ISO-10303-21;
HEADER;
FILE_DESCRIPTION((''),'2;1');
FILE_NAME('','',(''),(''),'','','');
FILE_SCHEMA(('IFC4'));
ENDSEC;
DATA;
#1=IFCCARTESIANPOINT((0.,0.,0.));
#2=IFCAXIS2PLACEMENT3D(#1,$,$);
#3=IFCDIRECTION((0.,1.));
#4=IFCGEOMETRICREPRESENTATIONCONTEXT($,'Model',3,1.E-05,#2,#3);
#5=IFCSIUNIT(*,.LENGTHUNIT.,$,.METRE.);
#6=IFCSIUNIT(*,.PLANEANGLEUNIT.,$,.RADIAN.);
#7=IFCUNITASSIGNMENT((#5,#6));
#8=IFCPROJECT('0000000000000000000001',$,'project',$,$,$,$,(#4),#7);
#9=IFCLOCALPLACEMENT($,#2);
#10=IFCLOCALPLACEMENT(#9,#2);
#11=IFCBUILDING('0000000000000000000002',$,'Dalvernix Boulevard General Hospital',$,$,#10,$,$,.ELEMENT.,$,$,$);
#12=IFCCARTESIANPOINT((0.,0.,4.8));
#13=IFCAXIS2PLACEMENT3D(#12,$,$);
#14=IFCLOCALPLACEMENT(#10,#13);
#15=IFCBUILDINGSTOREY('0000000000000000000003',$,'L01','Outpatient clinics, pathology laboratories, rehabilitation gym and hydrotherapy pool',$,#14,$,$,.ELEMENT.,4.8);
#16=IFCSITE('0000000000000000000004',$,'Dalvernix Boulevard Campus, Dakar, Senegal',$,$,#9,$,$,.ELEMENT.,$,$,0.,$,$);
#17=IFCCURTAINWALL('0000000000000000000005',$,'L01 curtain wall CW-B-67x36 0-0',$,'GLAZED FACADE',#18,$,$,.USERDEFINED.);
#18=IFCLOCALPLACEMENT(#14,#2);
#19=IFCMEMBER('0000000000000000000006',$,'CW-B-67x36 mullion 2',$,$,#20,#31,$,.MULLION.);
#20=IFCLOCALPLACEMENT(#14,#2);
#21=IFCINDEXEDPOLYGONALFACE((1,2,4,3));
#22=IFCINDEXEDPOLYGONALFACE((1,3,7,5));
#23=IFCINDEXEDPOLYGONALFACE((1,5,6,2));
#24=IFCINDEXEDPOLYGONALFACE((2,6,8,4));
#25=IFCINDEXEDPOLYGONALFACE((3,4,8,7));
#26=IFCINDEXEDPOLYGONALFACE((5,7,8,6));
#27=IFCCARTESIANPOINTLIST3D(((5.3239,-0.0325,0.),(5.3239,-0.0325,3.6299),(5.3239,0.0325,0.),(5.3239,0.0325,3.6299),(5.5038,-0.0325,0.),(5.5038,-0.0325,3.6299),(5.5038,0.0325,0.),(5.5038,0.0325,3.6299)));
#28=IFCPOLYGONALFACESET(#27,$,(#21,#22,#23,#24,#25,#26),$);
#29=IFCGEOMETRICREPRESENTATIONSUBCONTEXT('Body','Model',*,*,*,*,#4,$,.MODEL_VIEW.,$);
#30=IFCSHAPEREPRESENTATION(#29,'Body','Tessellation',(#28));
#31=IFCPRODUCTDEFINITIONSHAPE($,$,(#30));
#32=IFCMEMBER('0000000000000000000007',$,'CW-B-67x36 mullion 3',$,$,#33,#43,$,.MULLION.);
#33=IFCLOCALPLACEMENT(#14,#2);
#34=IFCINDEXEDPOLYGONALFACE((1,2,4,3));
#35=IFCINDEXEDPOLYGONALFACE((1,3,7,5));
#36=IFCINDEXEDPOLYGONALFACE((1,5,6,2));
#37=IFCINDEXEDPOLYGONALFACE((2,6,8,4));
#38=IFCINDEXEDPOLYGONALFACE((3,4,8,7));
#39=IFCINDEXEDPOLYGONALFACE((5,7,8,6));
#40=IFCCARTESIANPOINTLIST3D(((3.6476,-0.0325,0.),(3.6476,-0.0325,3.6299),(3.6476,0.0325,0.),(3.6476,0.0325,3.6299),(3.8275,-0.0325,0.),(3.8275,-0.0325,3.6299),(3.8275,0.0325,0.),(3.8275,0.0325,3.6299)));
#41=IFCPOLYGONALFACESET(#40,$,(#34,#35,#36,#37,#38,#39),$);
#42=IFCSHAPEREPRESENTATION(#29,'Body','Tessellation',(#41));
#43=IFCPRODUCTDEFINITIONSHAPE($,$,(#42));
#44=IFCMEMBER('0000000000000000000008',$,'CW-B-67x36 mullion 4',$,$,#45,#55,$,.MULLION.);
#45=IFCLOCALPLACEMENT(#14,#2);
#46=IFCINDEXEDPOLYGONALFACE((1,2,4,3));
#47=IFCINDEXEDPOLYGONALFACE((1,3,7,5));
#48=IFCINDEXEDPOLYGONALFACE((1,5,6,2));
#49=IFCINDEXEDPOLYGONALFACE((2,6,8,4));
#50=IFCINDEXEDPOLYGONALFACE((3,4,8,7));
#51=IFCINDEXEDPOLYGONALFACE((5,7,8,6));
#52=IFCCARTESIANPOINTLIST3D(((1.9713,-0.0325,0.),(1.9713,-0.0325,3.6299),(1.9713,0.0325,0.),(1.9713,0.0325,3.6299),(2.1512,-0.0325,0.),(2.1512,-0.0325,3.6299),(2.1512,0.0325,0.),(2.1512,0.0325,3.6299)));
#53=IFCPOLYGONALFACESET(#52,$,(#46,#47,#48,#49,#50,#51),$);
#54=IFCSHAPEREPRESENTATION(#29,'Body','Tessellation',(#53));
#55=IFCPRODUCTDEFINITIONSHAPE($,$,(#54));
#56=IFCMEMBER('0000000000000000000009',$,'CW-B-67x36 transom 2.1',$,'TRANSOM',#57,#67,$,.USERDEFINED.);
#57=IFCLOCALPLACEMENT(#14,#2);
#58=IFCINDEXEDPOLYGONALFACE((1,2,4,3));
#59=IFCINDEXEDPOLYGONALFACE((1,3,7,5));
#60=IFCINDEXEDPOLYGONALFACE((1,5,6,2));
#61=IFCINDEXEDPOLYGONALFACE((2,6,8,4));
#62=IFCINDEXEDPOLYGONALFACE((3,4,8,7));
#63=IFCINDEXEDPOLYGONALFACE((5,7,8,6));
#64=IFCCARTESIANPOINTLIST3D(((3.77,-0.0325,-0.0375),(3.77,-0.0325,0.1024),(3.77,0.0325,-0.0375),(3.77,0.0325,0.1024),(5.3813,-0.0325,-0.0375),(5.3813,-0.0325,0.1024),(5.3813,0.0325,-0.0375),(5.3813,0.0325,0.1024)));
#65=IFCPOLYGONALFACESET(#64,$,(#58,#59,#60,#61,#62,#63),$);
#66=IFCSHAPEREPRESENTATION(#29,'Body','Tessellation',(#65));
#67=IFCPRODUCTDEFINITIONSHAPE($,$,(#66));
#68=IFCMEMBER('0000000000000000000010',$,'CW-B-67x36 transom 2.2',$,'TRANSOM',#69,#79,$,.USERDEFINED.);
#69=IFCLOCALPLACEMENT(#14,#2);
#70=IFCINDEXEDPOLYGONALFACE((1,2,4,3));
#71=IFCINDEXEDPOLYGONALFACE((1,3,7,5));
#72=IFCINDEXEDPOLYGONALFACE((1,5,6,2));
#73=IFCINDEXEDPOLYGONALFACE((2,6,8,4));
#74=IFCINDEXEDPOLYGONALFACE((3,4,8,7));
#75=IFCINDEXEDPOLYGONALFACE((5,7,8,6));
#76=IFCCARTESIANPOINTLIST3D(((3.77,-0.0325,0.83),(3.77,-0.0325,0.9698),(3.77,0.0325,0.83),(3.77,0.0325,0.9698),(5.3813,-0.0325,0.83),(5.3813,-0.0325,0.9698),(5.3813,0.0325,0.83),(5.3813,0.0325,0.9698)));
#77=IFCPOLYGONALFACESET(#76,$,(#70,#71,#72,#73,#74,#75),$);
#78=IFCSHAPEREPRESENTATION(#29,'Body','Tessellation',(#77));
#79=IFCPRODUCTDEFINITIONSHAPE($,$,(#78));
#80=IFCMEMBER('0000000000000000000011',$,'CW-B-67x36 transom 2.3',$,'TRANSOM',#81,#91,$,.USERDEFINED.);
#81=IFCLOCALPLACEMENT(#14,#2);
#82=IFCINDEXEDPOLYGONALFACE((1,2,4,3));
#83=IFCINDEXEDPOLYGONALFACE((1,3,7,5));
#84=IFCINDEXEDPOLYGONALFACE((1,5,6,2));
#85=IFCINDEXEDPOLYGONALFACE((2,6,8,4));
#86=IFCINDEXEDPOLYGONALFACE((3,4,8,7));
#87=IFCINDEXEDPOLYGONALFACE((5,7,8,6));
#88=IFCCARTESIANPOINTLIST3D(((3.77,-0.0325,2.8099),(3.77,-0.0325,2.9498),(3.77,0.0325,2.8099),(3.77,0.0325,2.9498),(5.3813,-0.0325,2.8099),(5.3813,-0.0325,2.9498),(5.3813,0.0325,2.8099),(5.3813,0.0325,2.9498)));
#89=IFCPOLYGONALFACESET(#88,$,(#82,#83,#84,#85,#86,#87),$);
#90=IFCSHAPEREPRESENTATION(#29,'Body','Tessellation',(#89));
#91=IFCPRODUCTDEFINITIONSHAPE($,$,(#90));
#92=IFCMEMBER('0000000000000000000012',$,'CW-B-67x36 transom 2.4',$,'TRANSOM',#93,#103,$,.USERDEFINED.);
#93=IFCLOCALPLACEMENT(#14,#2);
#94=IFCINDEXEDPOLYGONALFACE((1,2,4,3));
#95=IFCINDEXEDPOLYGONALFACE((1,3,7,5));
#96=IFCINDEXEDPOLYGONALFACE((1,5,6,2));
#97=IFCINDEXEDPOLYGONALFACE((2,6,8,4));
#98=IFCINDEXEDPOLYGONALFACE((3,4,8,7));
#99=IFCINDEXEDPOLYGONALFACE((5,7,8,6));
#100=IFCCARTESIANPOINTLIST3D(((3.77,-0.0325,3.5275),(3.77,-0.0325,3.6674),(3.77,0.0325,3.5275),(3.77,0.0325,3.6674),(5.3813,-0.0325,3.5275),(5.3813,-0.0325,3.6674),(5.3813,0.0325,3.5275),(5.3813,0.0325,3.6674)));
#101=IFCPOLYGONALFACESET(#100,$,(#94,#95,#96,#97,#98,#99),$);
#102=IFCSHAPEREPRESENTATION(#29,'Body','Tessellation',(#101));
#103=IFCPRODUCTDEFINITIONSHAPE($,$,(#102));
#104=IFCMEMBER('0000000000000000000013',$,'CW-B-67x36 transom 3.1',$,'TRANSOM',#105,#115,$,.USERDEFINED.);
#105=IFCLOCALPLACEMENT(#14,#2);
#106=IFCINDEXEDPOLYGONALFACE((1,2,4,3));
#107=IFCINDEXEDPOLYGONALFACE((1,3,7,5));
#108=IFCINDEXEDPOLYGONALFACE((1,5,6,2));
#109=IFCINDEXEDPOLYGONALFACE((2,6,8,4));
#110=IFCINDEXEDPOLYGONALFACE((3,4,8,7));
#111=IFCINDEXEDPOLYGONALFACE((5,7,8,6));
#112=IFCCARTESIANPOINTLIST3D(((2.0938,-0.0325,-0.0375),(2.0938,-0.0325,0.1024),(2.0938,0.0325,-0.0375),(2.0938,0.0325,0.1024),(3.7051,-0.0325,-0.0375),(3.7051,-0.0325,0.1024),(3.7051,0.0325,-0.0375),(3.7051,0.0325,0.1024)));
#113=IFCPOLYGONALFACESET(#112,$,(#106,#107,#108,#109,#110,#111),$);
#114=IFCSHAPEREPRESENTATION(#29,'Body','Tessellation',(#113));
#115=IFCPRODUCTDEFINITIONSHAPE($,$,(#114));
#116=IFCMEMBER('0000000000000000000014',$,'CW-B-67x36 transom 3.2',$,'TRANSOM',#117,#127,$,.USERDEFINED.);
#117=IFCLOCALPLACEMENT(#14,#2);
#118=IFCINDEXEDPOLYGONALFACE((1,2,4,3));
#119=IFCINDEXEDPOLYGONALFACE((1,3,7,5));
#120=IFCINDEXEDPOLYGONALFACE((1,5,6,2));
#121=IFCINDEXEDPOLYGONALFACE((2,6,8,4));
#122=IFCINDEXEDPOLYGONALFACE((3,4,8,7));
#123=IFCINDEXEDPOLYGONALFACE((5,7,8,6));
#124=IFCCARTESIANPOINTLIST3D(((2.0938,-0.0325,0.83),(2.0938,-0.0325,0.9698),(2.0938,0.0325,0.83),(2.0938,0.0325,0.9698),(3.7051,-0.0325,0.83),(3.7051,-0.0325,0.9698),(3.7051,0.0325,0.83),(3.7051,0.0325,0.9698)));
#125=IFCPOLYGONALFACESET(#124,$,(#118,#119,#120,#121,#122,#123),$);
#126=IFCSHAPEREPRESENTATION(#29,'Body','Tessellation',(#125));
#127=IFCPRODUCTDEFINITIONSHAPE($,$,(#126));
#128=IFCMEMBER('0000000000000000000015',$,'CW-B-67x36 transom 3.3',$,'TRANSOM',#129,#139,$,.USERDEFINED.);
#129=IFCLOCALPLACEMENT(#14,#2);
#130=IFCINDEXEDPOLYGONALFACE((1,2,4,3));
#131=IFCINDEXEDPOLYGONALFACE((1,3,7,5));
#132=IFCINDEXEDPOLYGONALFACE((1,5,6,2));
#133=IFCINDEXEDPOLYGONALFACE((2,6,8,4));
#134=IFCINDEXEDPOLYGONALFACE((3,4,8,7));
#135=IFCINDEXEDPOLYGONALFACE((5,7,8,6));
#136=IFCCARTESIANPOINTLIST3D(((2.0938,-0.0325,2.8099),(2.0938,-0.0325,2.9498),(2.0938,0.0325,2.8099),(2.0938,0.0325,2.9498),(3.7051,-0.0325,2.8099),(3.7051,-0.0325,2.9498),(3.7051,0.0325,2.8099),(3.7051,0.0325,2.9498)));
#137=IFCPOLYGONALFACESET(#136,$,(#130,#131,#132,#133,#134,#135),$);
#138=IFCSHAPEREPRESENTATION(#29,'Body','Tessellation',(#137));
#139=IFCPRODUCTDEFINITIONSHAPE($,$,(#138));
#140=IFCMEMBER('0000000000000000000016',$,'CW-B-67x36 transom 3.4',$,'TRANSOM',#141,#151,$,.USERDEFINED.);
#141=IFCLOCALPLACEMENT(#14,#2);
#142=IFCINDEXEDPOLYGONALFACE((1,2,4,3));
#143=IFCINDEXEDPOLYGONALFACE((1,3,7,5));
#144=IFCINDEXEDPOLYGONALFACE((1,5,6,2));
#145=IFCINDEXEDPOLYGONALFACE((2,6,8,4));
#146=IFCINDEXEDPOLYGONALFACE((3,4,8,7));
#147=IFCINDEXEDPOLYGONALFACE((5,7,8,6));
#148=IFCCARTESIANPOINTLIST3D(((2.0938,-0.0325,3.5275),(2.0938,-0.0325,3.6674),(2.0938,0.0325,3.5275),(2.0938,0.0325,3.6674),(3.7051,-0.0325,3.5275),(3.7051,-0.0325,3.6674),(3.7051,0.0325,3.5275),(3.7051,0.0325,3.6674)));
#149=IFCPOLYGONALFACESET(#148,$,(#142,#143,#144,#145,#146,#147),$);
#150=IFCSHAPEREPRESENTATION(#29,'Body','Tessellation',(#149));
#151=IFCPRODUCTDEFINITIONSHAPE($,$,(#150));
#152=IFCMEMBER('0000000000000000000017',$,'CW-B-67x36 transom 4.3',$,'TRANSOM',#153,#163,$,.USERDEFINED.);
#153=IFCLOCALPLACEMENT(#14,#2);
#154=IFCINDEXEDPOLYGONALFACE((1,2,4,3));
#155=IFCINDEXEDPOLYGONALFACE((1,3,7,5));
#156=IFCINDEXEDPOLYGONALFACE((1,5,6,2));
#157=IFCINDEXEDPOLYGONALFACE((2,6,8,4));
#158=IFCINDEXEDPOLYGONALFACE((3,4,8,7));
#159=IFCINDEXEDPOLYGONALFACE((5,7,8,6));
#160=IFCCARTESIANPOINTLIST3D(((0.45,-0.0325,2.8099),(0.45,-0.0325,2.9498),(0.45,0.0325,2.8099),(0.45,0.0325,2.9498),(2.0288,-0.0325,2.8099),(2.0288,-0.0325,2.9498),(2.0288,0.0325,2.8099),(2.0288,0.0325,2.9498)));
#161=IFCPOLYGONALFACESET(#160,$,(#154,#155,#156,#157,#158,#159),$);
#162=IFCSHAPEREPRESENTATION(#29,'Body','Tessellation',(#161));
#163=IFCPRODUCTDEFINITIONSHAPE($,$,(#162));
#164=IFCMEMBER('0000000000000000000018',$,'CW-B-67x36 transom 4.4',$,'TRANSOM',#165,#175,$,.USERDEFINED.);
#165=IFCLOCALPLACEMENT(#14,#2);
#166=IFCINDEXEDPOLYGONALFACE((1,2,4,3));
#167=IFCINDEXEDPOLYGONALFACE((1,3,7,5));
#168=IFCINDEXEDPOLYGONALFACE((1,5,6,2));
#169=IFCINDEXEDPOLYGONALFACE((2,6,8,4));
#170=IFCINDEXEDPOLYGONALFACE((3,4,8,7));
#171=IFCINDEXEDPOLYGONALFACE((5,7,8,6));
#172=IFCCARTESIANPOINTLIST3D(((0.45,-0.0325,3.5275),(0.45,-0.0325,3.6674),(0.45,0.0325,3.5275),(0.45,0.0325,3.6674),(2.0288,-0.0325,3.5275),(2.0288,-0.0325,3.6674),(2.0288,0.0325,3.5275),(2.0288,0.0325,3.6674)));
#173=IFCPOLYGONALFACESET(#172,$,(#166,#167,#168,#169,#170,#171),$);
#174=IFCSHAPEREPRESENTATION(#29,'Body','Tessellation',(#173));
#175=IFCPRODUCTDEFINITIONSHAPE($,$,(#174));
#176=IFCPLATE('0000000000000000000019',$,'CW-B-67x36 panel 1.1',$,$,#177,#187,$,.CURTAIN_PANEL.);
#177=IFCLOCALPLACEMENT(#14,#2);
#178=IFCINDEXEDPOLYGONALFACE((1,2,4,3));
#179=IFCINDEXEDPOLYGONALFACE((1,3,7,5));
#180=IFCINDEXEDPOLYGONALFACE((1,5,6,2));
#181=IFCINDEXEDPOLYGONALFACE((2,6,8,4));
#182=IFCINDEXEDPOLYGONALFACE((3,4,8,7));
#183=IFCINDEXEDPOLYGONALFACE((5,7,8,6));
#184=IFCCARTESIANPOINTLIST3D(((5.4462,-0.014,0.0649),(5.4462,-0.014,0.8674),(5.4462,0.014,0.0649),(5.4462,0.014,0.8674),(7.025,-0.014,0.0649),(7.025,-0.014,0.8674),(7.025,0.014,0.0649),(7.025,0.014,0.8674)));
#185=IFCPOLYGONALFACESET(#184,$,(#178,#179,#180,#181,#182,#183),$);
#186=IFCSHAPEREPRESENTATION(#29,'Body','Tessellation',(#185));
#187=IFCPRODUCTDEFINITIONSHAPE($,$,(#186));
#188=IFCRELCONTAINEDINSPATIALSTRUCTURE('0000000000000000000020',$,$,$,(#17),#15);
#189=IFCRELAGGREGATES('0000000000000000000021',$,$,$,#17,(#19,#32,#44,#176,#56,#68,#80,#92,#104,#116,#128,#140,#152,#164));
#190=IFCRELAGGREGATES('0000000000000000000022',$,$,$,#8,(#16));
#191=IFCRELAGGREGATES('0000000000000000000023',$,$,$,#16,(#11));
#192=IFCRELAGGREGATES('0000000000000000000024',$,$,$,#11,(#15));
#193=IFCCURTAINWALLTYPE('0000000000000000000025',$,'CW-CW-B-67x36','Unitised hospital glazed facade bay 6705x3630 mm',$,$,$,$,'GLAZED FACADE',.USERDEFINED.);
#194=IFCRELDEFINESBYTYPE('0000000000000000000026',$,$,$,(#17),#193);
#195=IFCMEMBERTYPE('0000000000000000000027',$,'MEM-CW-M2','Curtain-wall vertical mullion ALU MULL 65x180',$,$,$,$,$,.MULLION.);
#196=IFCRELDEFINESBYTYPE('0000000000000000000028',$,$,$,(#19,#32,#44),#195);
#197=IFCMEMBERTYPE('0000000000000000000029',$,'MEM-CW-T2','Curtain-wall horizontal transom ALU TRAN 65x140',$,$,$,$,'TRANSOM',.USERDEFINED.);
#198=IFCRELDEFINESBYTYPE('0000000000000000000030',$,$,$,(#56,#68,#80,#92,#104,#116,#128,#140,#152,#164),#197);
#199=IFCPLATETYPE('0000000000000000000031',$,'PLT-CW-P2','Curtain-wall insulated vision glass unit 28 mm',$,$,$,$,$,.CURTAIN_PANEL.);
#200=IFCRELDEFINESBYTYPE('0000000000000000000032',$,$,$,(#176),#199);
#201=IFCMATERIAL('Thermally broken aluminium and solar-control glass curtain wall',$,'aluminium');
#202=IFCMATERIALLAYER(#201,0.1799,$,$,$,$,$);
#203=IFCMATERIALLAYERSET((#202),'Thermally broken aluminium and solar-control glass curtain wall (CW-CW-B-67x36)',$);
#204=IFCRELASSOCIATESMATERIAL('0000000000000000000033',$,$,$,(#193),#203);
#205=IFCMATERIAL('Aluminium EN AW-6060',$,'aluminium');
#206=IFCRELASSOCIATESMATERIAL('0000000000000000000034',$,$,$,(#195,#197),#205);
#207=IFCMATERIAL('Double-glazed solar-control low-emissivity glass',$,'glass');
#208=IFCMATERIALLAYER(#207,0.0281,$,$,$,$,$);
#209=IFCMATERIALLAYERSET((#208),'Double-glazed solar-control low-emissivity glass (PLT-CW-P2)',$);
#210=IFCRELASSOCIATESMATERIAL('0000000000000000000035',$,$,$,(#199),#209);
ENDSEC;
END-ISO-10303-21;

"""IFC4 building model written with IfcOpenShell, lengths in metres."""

from ifc_helpers import new_model, si_unit, direction, frame, origin, origin_2d, place, context, subcontext, project, spatial, rectangle, extrude, material, layer, layer_set, material_profile, profile_set, type_object, element, aggregate, save


model = new_model("IFC4")

# Units and contexts
model_context = context("Model", 3, precision=1e-05, world=origin(), true_north=direction((0.0, 1.0)))
body_context = subcontext(model_context, "Body", "Model", "MODEL_VIEW")
ifc_project = project(units=[si_unit("LENGTHUNIT", "METRE"), si_unit("PLANEANGLEUNIT", "RADIAN")], contexts=[model_context])

# Site, building, storey
site_placement = place(None, origin())
site = spatial("IfcSite", under=ifc_project, at=site_placement, Name="Dalvernix Boulevard Campus, Dakar, Senegal", CompositionType="ELEMENT", RefElevation=0.0)
building_placement = place(site_placement, origin())
building = spatial("IfcBuilding", under=site, at=building_placement, Name="Dalvernix Boulevard General Hospital", CompositionType="ELEMENT")
storey_placement = place(building_placement, frame((0.0, 0.0, 4.8)))
storey = spatial("IfcBuildingStorey", under=building, at=storey_placement, Name="L01", Description="Outpatient clinics, pathology laboratories, rehabilitation gym and hydrotherapy pool", CompositionType="ELEMENT", Elevation=4.8)

# Curtain wall, members, plate
ifc_material_1 = material(Name="Thermally broken aluminium and solar-control glass curtain wall", Category="aluminium")
ifc_layer_1 = layer(ifc_material_1, 0.1799)
ifc_layer_set_1 = layer_set([ifc_layer_1], Name="Thermally broken aluminium and solar-control glass curtain wall (CW-CW-B-67x36)")
curtain_wall_type = type_object("IfcCurtainWallType", Name="CW-CW-B-67x36", Description="Unitised hospital glazed facade bay 6705x3630 mm", ElementType="GLAZED FACADE", PredefinedType="USERDEFINED", material=ifc_layer_set_1)
curtain_wall_placement = place(storey_placement, origin())
curtain_wall = element("IfcCurtainWall", 1, at=curtain_wall_placement, inside=storey, type_object=curtain_wall_type, Name="L01 curtain wall CW-B-67x36 0-0", ObjectType="GLAZED FACADE", PredefinedType="USERDEFINED")
ifc_material_2 = material(Name="Aluminium EN AW-6060", Category="aluminium")
ifc_material_profile_1 = material_profile(ifc_material_2, rectangle(XDim=0.0649, YDim=0.1799, at=origin_2d()), Name="ALU MULL 65x180")
ifc_profile_set_1 = profile_set([ifc_material_profile_1], Name="Aluminium EN AW-6060")
member_type_1 = type_object("IfcMemberType", Name="MEM-CW-M2", Description="Curtain-wall vertical mullion ALU MULL 65x180", PredefinedType="MULLION", material=ifc_profile_set_1)
member_1_placement = place(storey_placement, frame((5.4138, 0.0, 0.0), z_axis=(0.0, 0.0, 1.0), x_axis=(0.0, -1.0, 0.0)))
member_1 = element("IfcMember", 2, at=member_1_placement, type_object=member_type_1, Name="CW-B-67x36 mullion 2", PredefinedType="MULLION", context=body_context, shape_type="SweptSolid", body=[
    extrude(rectangle(XDim=0.0649, YDim=0.1799, at=origin_2d()), origin(), (0.0, 0.0, 1.0), 3.6299),
])
member_2_placement = place(storey_placement, frame((3.7375, 0.0, 0.0), z_axis=(0.0, 0.0, 1.0), x_axis=(0.0, -1.0, 0.0)))
member_2 = element("IfcMember", 3, at=member_2_placement, type_object=member_type_1, Name="CW-B-67x36 mullion 3", PredefinedType="MULLION", context=body_context, shape_type="SweptSolid", body=[
    extrude(rectangle(XDim=0.0649, YDim=0.1799, at=origin_2d()), origin(), (0.0, 0.0, 1.0), 3.6299),
])
member_3_placement = place(storey_placement, frame((2.0613, 0.0, 0.0), z_axis=(0.0, 0.0, 1.0), x_axis=(0.0, -1.0, 0.0)))
member_3 = element("IfcMember", 4, at=member_3_placement, type_object=member_type_1, Name="CW-B-67x36 mullion 4", PredefinedType="MULLION", context=body_context, shape_type="SweptSolid", body=[
    extrude(rectangle(XDim=0.0649, YDim=0.1799, at=origin_2d()), origin(), (0.0, 0.0, 1.0), 3.6299),
])
ifc_material_profile_2 = material_profile(ifc_material_2, rectangle(XDim=0.0649, YDim=0.1399, at=origin_2d()), Name="ALU TRAN 65x140")
ifc_profile_set_2 = profile_set([ifc_material_profile_2], Name="Aluminium EN AW-6060")
member_type_2 = type_object("IfcMemberType", Name="MEM-CW-T2", Description="Curtain-wall horizontal transom ALU TRAN 65x140", ElementType="TRANSOM", PredefinedType="USERDEFINED", material=ifc_profile_set_2)
member_4_placement = place(storey_placement, frame((5.3813, 0.0, 0.0325), z_axis=(-1.0, 0.0, 0.0), x_axis=(0.0, -1.0, 0.0)))
member_4 = element("IfcMember", 5, at=member_4_placement, type_object=member_type_2, Name="CW-B-67x36 transom 2.1", ObjectType="TRANSOM", PredefinedType="USERDEFINED", context=body_context, shape_type="SweptSolid", body=[
    extrude(rectangle(XDim=0.0649, YDim=0.1399, at=origin_2d()), origin(), (0.0, 0.0, 1.0), 1.6113),
])
member_5_placement = place(storey_placement, frame((5.3813, 0.0, 0.8999), z_axis=(-1.0, 0.0, 0.0), x_axis=(0.0, -1.0, 0.0)))
member_5 = element("IfcMember", 6, at=member_5_placement, type_object=member_type_2, Name="CW-B-67x36 transom 2.2", ObjectType="TRANSOM", PredefinedType="USERDEFINED", context=body_context, shape_type="SweptSolid", body=[
    extrude(rectangle(XDim=0.0649, YDim=0.1399, at=origin_2d()), origin(), (0.0, 0.0, 1.0), 1.6113),
])
member_6_placement = place(storey_placement, frame((5.3813, 0.0, 2.8799), z_axis=(-1.0, 0.0, 0.0), x_axis=(0.0, -1.0, 0.0)))
member_6 = element("IfcMember", 7, at=member_6_placement, type_object=member_type_2, Name="CW-B-67x36 transom 2.3", ObjectType="TRANSOM", PredefinedType="USERDEFINED", context=body_context, shape_type="SweptSolid", body=[
    extrude(rectangle(XDim=0.0649, YDim=0.1399, at=origin_2d()), origin(), (0.0, 0.0, 1.0), 1.6113),
])
member_7_placement = place(storey_placement, frame((5.3813, 0.0, 3.5974), z_axis=(-1.0, 0.0, 0.0), x_axis=(0.0, -1.0, 0.0)))
member_7 = element("IfcMember", 8, at=member_7_placement, type_object=member_type_2, Name="CW-B-67x36 transom 2.4", ObjectType="TRANSOM", PredefinedType="USERDEFINED", context=body_context, shape_type="SweptSolid", body=[
    extrude(rectangle(XDim=0.0649, YDim=0.1399, at=origin_2d()), origin(), (0.0, 0.0, 1.0), 1.6113),
])
member_8_placement = place(storey_placement, frame((3.7051, 0.0, 0.0325), z_axis=(-1.0, 0.0, 0.0), x_axis=(0.0, -1.0, 0.0)))
member_8 = element("IfcMember", 9, at=member_8_placement, type_object=member_type_2, Name="CW-B-67x36 transom 3.1", ObjectType="TRANSOM", PredefinedType="USERDEFINED", context=body_context, shape_type="SweptSolid", body=[
    extrude(rectangle(XDim=0.0649, YDim=0.1399, at=origin_2d()), origin(), (0.0, 0.0, 1.0), 1.6113),
])
member_9_placement = place(storey_placement, frame((3.7051, 0.0, 0.8999), z_axis=(-1.0, 0.0, 0.0), x_axis=(0.0, -1.0, 0.0)))
member_9 = element("IfcMember", 10, at=member_9_placement, type_object=member_type_2, Name="CW-B-67x36 transom 3.2", ObjectType="TRANSOM", PredefinedType="USERDEFINED", context=body_context, shape_type="SweptSolid", body=[
    extrude(rectangle(XDim=0.0649, YDim=0.1399, at=origin_2d()), origin(), (0.0, 0.0, 1.0), 1.6113),
])
member_10_placement = place(storey_placement, frame((3.7051, 0.0, 2.8799), z_axis=(-1.0, 0.0, 0.0), x_axis=(0.0, -1.0, 0.0)))
member_10 = element("IfcMember", 11, at=member_10_placement, type_object=member_type_2, Name="CW-B-67x36 transom 3.3", ObjectType="TRANSOM", PredefinedType="USERDEFINED", context=body_context, shape_type="SweptSolid", body=[
    extrude(rectangle(XDim=0.0649, YDim=0.1399, at=origin_2d()), origin(), (0.0, 0.0, 1.0), 1.6113),
])
member_11_placement = place(storey_placement, frame((3.7051, 0.0, 3.5974), z_axis=(-1.0, 0.0, 0.0), x_axis=(0.0, -1.0, 0.0)))
member_11 = element("IfcMember", 12, at=member_11_placement, type_object=member_type_2, Name="CW-B-67x36 transom 3.4", ObjectType="TRANSOM", PredefinedType="USERDEFINED", context=body_context, shape_type="SweptSolid", body=[
    extrude(rectangle(XDim=0.0649, YDim=0.1399, at=origin_2d()), origin(), (0.0, 0.0, 1.0), 1.6113),
])
member_12_placement = place(storey_placement, frame((2.0288, 0.0, 2.8799), z_axis=(-1.0, 0.0, 0.0), x_axis=(0.0, -1.0, 0.0)))
member_12 = element("IfcMember", 13, at=member_12_placement, type_object=member_type_2, Name="CW-B-67x36 transom 4.3", ObjectType="TRANSOM", PredefinedType="USERDEFINED", context=body_context, shape_type="SweptSolid", body=[
    extrude(rectangle(XDim=0.0649, YDim=0.1399, at=origin_2d()), origin(), (0.0, 0.0, 1.0), 1.5789),
])
member_13_placement = place(storey_placement, frame((2.0288, 0.0, 3.5974), z_axis=(-1.0, 0.0, 0.0), x_axis=(0.0, -1.0, 0.0)))
member_13 = element("IfcMember", 14, at=member_13_placement, type_object=member_type_2, Name="CW-B-67x36 transom 4.4", ObjectType="TRANSOM", PredefinedType="USERDEFINED", context=body_context, shape_type="SweptSolid", body=[
    extrude(rectangle(XDim=0.0649, YDim=0.1399, at=origin_2d()), origin(), (0.0, 0.0, 1.0), 1.5789),
])
ifc_material_3 = material(Name="Double-glazed solar-control low-emissivity glass", Category="glass")
ifc_layer_2 = layer(ifc_material_3, 0.0281)
ifc_layer_set_2 = layer_set([ifc_layer_2], Name="Double-glazed solar-control low-emissivity glass (PLT-CW-P2)")
plate_type = type_object("IfcPlateType", Name="PLT-CW-P2", Description="Curtain-wall insulated vision glass unit 28 mm", PredefinedType="CURTAIN_PANEL", material=ifc_layer_set_2)
plate_1_placement = place(storey_placement, frame((6.2356, 0.0, 0.0649), z_axis=(0.0, 0.0, 1.0), x_axis=(-1.0, 0.0, 0.0)))
plate_1 = element("IfcPlate", 15, at=plate_1_placement, type_object=plate_type, Name="CW-B-67x36 panel 1.1", PredefinedType="CURTAIN_PANEL", context=body_context, shape_type="SweptSolid", body=[
    extrude(rectangle(XDim=1.5789, YDim=0.0281, at=origin_2d()), origin(), (0.0, 0.0, 1.0), 0.8025),
])
aggregate(curtain_wall, [member_1, member_2, member_3, plate_1, member_4, member_5, member_6, member_7, member_8, member_9, member_10, member_11, member_12, member_13])

save(model, "model.ifc")
